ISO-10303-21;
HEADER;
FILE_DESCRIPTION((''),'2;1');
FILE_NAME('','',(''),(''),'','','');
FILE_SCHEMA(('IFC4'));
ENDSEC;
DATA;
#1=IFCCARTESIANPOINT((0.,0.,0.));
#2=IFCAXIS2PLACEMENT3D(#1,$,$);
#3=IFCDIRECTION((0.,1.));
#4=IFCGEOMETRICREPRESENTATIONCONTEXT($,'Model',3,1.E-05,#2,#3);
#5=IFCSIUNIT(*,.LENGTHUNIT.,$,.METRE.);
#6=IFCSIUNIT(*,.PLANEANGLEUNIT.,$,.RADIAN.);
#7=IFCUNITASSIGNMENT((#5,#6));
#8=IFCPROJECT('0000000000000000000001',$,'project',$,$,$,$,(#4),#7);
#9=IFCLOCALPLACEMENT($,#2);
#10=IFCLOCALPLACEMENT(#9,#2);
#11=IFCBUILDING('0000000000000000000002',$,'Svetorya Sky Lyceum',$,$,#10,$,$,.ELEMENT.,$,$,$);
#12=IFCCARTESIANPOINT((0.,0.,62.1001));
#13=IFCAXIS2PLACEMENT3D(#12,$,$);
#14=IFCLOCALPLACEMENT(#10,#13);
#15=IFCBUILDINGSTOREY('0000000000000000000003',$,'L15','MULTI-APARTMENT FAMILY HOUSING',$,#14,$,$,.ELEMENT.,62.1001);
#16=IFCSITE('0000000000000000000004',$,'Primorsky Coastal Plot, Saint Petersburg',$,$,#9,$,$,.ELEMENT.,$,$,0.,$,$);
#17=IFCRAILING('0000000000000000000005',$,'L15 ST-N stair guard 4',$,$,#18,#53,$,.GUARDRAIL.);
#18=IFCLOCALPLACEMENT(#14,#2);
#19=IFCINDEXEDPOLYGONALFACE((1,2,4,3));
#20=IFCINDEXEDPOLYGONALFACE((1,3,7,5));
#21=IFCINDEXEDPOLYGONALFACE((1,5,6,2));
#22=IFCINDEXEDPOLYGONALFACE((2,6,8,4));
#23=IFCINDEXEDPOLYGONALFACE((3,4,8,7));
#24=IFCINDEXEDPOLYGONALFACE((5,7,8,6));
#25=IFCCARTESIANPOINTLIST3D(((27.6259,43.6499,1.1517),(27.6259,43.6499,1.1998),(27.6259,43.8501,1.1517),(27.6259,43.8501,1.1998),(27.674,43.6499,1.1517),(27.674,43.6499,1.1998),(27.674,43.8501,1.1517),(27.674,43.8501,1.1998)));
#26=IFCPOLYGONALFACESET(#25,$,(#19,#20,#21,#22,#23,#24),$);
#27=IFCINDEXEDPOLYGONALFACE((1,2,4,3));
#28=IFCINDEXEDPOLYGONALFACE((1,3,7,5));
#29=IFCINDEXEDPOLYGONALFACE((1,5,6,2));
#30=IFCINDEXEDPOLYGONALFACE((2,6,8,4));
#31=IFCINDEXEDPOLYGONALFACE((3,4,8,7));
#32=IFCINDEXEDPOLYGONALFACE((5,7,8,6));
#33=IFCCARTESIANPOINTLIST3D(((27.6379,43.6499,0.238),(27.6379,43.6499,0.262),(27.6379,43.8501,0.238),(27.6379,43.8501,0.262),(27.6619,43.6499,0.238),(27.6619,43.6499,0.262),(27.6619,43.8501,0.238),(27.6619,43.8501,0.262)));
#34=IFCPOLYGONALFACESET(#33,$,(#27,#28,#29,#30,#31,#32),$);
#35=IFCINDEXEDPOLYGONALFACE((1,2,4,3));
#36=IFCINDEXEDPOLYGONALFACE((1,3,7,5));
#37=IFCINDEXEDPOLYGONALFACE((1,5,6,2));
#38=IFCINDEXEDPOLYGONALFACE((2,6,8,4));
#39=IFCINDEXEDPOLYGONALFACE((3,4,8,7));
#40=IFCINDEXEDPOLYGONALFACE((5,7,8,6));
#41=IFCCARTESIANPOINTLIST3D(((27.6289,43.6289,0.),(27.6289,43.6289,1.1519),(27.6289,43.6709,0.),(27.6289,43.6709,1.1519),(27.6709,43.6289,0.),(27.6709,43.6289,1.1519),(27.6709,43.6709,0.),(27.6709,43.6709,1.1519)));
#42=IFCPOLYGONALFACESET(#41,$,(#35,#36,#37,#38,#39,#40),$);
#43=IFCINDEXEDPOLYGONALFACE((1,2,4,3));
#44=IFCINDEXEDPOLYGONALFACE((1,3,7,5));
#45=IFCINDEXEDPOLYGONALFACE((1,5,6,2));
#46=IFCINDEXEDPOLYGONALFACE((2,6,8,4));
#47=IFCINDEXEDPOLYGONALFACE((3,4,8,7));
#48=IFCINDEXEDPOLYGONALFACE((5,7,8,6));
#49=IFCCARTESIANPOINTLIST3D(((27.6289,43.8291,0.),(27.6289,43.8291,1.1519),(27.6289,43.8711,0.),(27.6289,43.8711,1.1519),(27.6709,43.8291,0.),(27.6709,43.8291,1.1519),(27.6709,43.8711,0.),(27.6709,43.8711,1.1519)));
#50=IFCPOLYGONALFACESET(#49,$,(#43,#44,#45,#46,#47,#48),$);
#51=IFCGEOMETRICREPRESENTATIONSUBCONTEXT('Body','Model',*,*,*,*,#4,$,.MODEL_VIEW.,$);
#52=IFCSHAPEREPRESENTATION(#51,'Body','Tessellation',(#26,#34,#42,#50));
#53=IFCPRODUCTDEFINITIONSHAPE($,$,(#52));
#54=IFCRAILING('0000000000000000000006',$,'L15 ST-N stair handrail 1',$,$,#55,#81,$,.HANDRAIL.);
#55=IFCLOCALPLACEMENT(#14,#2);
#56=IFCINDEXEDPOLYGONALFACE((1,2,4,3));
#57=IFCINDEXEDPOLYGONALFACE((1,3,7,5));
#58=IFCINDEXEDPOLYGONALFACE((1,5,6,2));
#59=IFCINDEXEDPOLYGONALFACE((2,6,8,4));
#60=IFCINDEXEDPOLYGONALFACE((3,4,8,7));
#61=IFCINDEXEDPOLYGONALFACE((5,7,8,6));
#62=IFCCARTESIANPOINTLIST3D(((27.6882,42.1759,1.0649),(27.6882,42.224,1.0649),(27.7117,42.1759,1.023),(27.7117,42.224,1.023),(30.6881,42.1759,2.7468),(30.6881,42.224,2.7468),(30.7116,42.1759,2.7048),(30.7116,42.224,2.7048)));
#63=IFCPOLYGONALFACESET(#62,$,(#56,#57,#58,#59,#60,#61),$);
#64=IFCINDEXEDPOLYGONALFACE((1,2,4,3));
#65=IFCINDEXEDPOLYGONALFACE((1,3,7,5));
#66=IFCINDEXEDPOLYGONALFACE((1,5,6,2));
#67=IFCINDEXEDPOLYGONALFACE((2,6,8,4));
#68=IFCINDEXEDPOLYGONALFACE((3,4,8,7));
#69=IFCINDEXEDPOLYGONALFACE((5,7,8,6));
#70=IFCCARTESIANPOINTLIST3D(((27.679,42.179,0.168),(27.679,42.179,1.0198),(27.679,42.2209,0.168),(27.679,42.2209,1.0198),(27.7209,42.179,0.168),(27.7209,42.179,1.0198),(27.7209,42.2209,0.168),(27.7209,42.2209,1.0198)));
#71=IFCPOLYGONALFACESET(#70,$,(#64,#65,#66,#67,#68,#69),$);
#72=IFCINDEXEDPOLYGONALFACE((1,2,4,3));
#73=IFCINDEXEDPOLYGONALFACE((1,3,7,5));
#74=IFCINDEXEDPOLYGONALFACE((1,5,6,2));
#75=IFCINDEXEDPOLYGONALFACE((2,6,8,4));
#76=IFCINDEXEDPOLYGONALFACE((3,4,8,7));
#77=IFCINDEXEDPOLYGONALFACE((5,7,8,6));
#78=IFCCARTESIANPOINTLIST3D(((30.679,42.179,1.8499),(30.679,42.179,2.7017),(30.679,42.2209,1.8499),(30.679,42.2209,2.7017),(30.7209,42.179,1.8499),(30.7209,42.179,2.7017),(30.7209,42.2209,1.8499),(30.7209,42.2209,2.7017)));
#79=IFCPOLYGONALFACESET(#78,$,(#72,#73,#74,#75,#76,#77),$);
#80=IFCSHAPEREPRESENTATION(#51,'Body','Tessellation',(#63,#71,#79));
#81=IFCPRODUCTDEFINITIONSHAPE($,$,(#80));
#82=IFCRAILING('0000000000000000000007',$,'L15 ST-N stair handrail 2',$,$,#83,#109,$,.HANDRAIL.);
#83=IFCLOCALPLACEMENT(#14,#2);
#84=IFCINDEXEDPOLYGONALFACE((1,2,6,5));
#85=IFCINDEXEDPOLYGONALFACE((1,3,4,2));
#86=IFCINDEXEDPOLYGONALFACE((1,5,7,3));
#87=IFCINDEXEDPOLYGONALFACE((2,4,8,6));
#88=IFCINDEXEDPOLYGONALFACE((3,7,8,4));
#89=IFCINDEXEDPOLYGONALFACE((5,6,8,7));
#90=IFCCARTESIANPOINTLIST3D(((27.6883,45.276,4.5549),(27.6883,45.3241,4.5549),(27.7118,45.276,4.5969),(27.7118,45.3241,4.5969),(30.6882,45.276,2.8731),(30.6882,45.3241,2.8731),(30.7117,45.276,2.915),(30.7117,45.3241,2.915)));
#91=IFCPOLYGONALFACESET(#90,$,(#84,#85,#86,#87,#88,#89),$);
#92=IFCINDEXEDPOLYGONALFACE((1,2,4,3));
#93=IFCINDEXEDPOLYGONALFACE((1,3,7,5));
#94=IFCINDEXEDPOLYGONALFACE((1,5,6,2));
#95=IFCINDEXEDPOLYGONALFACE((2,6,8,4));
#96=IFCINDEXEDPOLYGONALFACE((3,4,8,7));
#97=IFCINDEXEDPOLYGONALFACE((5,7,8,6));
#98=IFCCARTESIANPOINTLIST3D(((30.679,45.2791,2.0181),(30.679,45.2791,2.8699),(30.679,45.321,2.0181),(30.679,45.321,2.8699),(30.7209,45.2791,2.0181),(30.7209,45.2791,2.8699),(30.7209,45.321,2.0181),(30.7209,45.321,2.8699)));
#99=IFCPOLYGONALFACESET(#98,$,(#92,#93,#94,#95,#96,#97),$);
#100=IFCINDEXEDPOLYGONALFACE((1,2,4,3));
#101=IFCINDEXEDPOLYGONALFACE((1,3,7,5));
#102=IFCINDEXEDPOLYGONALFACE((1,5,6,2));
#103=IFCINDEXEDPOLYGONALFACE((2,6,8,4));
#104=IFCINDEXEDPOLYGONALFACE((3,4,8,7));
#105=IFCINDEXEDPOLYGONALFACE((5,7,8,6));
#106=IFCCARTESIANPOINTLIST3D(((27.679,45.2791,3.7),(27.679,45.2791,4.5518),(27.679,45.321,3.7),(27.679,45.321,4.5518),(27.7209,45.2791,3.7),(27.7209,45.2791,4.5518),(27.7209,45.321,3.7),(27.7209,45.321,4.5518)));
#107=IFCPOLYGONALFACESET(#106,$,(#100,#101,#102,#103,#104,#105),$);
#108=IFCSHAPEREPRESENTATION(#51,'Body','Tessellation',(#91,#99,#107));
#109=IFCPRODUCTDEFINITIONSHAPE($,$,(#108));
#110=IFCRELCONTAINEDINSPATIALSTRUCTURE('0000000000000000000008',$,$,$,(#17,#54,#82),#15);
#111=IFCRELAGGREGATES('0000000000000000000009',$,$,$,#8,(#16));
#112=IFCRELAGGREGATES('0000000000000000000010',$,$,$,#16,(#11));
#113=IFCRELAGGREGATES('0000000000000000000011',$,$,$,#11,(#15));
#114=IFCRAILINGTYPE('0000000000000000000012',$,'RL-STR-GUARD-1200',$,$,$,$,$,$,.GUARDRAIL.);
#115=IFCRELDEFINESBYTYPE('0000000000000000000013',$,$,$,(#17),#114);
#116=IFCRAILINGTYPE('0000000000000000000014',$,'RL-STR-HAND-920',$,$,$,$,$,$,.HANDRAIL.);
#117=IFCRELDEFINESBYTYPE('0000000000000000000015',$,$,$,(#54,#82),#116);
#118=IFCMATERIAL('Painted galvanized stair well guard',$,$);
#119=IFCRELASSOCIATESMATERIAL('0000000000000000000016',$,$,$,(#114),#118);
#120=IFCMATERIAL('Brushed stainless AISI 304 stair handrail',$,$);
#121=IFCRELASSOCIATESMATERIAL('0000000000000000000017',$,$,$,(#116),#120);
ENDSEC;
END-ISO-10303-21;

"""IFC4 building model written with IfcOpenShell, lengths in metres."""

from ifc_helpers import new_model, si_unit, direction, frame, origin, origin_2d, place, context, subcontext, project, spatial, rectangle, extrude, material, type_object, element, save


model = new_model("IFC4")

# Units and contexts
model_context = context("Model", 3, precision=1e-05, world=origin(), true_north=direction((0.0, 1.0)))
body_context = subcontext(model_context, "Body", "Model", "MODEL_VIEW")
ifc_project = project(units=[si_unit("LENGTHUNIT", "METRE"), si_unit("PLANEANGLEUNIT", "RADIAN")], contexts=[model_context])

# Site, building, storey
site_placement = place(None, origin())
site = spatial("IfcSite", under=ifc_project, at=site_placement, Name="Primorsky Coastal Plot, Saint Petersburg", CompositionType="ELEMENT", RefElevation=0.0)
building_placement = place(site_placement, origin())
building = spatial("IfcBuilding", under=site, at=building_placement, Name="Svetorya Sky Lyceum", CompositionType="ELEMENT")
storey_placement = place(building_placement, frame((0.0, 0.0, 62.1001)))
storey = spatial("IfcBuildingStorey", under=building, at=storey_placement, Name="L15", Description="MULTI-APARTMENT FAMILY HOUSING", CompositionType="ELEMENT", Elevation=62.1001)

# Railings
ifc_material_1 = material(Name="Painted galvanized stair well guard")
railing_type_1 = type_object("IfcRailingType", Name="RL-STR-GUARD-1200", PredefinedType="GUARDRAIL", material=ifc_material_1)
railing_1_placement = place(storey_placement, frame((27.6499, 43.6499, 0.0)))
element("IfcRailing", 1, at=railing_1_placement, inside=storey, type_object=railing_type_1, Name="L15 ST-N stair guard 4", PredefinedType="GUARDRAIL", context=body_context, shape_type="SweptSolid", body=[
    extrude(rectangle(XDim=0.0481, YDim=0.0481, at=origin_2d()), frame((0.0, 0.0, 1.1758), z_axis=(0.0, 1.0, 0.0), x_axis=(-1.0, 0.0, 0.0)), (0.0, 0.0, 1.0), 0.2002),
    extrude(rectangle(XDim=0.0239, YDim=0.0239, at=origin_2d()), frame((0.0, 0.0, 0.25), z_axis=(0.0, 1.0, 0.0), x_axis=(-1.0, 0.0, 0.0)), (0.0, 0.0, 1.0), 0.2002),
    extrude(rectangle(XDim=0.042, YDim=0.042, at=origin_2d()), origin(), (0.0, 0.0, 1.0), 1.1519),
    extrude(rectangle(XDim=0.042, YDim=0.042, at=origin_2d()), frame((0.0, 0.2002, 0.0)), (0.0, 0.0, 1.0), 1.1519),
])
ifc_material_2 = material(Name="Brushed stainless AISI 304 stair handrail")
railing_type_2 = type_object("IfcRailingType", Name="RL-STR-HAND-920", PredefinedType="HANDRAIL", material=ifc_material_2)
railing_2_placement = place(storey_placement, frame((27.7, 42.2, 0.168)))
element("IfcRailing", 2, at=railing_2_placement, inside=storey, type_object=railing_type_2, Name="L15 ST-N stair handrail 1", PredefinedType="HANDRAIL", context=body_context, shape_type="SweptSolid", body=[
    extrude(rectangle(XDim=0.0481, YDim=0.0481, at=origin_2d()), frame((0.0, 0.0, 0.876), z_axis=(0.872272, 0.0, 0.48902), x_axis=(0.0, 1.0, 0.0)), (0.0, 0.0, 1.0), 3.4392),
    extrude(rectangle(XDim=0.042, YDim=0.042, at=origin_2d()), origin(), (0.0, 0.0, 1.0), 0.8518),
    extrude(rectangle(XDim=0.042, YDim=0.042, at=origin_2d()), frame((3.0, 0.0, 1.6819)), (0.0, 0.0, 1.0), 0.8518),
])
railing_3_placement = place(storey_placement, frame((30.7, 45.3, 2.0181)))
element("IfcRailing", 3, at=railing_3_placement, inside=storey, type_object=railing_type_2, Name="L15 ST-N stair handrail 2", PredefinedType="HANDRAIL", context=body_context, shape_type="SweptSolid", body=[
    extrude(rectangle(XDim=0.0481, YDim=0.0481, at=origin_2d()), frame((0.0, 0.0, 0.876), z_axis=(-0.872272, 0.0, 0.48902), x_axis=(0.0, -1.0, 0.0)), (0.0, 0.0, 1.0), 3.4392),
    extrude(rectangle(XDim=0.042, YDim=0.042, at=origin_2d()), origin(), (0.0, 0.0, 1.0), 0.8518),
    extrude(rectangle(XDim=0.042, YDim=0.042, at=origin_2d()), frame((-3.0, 0.0, 1.6819)), (0.0, 0.0, 1.0), 0.8518),
])

save(model, "model.ifc")
